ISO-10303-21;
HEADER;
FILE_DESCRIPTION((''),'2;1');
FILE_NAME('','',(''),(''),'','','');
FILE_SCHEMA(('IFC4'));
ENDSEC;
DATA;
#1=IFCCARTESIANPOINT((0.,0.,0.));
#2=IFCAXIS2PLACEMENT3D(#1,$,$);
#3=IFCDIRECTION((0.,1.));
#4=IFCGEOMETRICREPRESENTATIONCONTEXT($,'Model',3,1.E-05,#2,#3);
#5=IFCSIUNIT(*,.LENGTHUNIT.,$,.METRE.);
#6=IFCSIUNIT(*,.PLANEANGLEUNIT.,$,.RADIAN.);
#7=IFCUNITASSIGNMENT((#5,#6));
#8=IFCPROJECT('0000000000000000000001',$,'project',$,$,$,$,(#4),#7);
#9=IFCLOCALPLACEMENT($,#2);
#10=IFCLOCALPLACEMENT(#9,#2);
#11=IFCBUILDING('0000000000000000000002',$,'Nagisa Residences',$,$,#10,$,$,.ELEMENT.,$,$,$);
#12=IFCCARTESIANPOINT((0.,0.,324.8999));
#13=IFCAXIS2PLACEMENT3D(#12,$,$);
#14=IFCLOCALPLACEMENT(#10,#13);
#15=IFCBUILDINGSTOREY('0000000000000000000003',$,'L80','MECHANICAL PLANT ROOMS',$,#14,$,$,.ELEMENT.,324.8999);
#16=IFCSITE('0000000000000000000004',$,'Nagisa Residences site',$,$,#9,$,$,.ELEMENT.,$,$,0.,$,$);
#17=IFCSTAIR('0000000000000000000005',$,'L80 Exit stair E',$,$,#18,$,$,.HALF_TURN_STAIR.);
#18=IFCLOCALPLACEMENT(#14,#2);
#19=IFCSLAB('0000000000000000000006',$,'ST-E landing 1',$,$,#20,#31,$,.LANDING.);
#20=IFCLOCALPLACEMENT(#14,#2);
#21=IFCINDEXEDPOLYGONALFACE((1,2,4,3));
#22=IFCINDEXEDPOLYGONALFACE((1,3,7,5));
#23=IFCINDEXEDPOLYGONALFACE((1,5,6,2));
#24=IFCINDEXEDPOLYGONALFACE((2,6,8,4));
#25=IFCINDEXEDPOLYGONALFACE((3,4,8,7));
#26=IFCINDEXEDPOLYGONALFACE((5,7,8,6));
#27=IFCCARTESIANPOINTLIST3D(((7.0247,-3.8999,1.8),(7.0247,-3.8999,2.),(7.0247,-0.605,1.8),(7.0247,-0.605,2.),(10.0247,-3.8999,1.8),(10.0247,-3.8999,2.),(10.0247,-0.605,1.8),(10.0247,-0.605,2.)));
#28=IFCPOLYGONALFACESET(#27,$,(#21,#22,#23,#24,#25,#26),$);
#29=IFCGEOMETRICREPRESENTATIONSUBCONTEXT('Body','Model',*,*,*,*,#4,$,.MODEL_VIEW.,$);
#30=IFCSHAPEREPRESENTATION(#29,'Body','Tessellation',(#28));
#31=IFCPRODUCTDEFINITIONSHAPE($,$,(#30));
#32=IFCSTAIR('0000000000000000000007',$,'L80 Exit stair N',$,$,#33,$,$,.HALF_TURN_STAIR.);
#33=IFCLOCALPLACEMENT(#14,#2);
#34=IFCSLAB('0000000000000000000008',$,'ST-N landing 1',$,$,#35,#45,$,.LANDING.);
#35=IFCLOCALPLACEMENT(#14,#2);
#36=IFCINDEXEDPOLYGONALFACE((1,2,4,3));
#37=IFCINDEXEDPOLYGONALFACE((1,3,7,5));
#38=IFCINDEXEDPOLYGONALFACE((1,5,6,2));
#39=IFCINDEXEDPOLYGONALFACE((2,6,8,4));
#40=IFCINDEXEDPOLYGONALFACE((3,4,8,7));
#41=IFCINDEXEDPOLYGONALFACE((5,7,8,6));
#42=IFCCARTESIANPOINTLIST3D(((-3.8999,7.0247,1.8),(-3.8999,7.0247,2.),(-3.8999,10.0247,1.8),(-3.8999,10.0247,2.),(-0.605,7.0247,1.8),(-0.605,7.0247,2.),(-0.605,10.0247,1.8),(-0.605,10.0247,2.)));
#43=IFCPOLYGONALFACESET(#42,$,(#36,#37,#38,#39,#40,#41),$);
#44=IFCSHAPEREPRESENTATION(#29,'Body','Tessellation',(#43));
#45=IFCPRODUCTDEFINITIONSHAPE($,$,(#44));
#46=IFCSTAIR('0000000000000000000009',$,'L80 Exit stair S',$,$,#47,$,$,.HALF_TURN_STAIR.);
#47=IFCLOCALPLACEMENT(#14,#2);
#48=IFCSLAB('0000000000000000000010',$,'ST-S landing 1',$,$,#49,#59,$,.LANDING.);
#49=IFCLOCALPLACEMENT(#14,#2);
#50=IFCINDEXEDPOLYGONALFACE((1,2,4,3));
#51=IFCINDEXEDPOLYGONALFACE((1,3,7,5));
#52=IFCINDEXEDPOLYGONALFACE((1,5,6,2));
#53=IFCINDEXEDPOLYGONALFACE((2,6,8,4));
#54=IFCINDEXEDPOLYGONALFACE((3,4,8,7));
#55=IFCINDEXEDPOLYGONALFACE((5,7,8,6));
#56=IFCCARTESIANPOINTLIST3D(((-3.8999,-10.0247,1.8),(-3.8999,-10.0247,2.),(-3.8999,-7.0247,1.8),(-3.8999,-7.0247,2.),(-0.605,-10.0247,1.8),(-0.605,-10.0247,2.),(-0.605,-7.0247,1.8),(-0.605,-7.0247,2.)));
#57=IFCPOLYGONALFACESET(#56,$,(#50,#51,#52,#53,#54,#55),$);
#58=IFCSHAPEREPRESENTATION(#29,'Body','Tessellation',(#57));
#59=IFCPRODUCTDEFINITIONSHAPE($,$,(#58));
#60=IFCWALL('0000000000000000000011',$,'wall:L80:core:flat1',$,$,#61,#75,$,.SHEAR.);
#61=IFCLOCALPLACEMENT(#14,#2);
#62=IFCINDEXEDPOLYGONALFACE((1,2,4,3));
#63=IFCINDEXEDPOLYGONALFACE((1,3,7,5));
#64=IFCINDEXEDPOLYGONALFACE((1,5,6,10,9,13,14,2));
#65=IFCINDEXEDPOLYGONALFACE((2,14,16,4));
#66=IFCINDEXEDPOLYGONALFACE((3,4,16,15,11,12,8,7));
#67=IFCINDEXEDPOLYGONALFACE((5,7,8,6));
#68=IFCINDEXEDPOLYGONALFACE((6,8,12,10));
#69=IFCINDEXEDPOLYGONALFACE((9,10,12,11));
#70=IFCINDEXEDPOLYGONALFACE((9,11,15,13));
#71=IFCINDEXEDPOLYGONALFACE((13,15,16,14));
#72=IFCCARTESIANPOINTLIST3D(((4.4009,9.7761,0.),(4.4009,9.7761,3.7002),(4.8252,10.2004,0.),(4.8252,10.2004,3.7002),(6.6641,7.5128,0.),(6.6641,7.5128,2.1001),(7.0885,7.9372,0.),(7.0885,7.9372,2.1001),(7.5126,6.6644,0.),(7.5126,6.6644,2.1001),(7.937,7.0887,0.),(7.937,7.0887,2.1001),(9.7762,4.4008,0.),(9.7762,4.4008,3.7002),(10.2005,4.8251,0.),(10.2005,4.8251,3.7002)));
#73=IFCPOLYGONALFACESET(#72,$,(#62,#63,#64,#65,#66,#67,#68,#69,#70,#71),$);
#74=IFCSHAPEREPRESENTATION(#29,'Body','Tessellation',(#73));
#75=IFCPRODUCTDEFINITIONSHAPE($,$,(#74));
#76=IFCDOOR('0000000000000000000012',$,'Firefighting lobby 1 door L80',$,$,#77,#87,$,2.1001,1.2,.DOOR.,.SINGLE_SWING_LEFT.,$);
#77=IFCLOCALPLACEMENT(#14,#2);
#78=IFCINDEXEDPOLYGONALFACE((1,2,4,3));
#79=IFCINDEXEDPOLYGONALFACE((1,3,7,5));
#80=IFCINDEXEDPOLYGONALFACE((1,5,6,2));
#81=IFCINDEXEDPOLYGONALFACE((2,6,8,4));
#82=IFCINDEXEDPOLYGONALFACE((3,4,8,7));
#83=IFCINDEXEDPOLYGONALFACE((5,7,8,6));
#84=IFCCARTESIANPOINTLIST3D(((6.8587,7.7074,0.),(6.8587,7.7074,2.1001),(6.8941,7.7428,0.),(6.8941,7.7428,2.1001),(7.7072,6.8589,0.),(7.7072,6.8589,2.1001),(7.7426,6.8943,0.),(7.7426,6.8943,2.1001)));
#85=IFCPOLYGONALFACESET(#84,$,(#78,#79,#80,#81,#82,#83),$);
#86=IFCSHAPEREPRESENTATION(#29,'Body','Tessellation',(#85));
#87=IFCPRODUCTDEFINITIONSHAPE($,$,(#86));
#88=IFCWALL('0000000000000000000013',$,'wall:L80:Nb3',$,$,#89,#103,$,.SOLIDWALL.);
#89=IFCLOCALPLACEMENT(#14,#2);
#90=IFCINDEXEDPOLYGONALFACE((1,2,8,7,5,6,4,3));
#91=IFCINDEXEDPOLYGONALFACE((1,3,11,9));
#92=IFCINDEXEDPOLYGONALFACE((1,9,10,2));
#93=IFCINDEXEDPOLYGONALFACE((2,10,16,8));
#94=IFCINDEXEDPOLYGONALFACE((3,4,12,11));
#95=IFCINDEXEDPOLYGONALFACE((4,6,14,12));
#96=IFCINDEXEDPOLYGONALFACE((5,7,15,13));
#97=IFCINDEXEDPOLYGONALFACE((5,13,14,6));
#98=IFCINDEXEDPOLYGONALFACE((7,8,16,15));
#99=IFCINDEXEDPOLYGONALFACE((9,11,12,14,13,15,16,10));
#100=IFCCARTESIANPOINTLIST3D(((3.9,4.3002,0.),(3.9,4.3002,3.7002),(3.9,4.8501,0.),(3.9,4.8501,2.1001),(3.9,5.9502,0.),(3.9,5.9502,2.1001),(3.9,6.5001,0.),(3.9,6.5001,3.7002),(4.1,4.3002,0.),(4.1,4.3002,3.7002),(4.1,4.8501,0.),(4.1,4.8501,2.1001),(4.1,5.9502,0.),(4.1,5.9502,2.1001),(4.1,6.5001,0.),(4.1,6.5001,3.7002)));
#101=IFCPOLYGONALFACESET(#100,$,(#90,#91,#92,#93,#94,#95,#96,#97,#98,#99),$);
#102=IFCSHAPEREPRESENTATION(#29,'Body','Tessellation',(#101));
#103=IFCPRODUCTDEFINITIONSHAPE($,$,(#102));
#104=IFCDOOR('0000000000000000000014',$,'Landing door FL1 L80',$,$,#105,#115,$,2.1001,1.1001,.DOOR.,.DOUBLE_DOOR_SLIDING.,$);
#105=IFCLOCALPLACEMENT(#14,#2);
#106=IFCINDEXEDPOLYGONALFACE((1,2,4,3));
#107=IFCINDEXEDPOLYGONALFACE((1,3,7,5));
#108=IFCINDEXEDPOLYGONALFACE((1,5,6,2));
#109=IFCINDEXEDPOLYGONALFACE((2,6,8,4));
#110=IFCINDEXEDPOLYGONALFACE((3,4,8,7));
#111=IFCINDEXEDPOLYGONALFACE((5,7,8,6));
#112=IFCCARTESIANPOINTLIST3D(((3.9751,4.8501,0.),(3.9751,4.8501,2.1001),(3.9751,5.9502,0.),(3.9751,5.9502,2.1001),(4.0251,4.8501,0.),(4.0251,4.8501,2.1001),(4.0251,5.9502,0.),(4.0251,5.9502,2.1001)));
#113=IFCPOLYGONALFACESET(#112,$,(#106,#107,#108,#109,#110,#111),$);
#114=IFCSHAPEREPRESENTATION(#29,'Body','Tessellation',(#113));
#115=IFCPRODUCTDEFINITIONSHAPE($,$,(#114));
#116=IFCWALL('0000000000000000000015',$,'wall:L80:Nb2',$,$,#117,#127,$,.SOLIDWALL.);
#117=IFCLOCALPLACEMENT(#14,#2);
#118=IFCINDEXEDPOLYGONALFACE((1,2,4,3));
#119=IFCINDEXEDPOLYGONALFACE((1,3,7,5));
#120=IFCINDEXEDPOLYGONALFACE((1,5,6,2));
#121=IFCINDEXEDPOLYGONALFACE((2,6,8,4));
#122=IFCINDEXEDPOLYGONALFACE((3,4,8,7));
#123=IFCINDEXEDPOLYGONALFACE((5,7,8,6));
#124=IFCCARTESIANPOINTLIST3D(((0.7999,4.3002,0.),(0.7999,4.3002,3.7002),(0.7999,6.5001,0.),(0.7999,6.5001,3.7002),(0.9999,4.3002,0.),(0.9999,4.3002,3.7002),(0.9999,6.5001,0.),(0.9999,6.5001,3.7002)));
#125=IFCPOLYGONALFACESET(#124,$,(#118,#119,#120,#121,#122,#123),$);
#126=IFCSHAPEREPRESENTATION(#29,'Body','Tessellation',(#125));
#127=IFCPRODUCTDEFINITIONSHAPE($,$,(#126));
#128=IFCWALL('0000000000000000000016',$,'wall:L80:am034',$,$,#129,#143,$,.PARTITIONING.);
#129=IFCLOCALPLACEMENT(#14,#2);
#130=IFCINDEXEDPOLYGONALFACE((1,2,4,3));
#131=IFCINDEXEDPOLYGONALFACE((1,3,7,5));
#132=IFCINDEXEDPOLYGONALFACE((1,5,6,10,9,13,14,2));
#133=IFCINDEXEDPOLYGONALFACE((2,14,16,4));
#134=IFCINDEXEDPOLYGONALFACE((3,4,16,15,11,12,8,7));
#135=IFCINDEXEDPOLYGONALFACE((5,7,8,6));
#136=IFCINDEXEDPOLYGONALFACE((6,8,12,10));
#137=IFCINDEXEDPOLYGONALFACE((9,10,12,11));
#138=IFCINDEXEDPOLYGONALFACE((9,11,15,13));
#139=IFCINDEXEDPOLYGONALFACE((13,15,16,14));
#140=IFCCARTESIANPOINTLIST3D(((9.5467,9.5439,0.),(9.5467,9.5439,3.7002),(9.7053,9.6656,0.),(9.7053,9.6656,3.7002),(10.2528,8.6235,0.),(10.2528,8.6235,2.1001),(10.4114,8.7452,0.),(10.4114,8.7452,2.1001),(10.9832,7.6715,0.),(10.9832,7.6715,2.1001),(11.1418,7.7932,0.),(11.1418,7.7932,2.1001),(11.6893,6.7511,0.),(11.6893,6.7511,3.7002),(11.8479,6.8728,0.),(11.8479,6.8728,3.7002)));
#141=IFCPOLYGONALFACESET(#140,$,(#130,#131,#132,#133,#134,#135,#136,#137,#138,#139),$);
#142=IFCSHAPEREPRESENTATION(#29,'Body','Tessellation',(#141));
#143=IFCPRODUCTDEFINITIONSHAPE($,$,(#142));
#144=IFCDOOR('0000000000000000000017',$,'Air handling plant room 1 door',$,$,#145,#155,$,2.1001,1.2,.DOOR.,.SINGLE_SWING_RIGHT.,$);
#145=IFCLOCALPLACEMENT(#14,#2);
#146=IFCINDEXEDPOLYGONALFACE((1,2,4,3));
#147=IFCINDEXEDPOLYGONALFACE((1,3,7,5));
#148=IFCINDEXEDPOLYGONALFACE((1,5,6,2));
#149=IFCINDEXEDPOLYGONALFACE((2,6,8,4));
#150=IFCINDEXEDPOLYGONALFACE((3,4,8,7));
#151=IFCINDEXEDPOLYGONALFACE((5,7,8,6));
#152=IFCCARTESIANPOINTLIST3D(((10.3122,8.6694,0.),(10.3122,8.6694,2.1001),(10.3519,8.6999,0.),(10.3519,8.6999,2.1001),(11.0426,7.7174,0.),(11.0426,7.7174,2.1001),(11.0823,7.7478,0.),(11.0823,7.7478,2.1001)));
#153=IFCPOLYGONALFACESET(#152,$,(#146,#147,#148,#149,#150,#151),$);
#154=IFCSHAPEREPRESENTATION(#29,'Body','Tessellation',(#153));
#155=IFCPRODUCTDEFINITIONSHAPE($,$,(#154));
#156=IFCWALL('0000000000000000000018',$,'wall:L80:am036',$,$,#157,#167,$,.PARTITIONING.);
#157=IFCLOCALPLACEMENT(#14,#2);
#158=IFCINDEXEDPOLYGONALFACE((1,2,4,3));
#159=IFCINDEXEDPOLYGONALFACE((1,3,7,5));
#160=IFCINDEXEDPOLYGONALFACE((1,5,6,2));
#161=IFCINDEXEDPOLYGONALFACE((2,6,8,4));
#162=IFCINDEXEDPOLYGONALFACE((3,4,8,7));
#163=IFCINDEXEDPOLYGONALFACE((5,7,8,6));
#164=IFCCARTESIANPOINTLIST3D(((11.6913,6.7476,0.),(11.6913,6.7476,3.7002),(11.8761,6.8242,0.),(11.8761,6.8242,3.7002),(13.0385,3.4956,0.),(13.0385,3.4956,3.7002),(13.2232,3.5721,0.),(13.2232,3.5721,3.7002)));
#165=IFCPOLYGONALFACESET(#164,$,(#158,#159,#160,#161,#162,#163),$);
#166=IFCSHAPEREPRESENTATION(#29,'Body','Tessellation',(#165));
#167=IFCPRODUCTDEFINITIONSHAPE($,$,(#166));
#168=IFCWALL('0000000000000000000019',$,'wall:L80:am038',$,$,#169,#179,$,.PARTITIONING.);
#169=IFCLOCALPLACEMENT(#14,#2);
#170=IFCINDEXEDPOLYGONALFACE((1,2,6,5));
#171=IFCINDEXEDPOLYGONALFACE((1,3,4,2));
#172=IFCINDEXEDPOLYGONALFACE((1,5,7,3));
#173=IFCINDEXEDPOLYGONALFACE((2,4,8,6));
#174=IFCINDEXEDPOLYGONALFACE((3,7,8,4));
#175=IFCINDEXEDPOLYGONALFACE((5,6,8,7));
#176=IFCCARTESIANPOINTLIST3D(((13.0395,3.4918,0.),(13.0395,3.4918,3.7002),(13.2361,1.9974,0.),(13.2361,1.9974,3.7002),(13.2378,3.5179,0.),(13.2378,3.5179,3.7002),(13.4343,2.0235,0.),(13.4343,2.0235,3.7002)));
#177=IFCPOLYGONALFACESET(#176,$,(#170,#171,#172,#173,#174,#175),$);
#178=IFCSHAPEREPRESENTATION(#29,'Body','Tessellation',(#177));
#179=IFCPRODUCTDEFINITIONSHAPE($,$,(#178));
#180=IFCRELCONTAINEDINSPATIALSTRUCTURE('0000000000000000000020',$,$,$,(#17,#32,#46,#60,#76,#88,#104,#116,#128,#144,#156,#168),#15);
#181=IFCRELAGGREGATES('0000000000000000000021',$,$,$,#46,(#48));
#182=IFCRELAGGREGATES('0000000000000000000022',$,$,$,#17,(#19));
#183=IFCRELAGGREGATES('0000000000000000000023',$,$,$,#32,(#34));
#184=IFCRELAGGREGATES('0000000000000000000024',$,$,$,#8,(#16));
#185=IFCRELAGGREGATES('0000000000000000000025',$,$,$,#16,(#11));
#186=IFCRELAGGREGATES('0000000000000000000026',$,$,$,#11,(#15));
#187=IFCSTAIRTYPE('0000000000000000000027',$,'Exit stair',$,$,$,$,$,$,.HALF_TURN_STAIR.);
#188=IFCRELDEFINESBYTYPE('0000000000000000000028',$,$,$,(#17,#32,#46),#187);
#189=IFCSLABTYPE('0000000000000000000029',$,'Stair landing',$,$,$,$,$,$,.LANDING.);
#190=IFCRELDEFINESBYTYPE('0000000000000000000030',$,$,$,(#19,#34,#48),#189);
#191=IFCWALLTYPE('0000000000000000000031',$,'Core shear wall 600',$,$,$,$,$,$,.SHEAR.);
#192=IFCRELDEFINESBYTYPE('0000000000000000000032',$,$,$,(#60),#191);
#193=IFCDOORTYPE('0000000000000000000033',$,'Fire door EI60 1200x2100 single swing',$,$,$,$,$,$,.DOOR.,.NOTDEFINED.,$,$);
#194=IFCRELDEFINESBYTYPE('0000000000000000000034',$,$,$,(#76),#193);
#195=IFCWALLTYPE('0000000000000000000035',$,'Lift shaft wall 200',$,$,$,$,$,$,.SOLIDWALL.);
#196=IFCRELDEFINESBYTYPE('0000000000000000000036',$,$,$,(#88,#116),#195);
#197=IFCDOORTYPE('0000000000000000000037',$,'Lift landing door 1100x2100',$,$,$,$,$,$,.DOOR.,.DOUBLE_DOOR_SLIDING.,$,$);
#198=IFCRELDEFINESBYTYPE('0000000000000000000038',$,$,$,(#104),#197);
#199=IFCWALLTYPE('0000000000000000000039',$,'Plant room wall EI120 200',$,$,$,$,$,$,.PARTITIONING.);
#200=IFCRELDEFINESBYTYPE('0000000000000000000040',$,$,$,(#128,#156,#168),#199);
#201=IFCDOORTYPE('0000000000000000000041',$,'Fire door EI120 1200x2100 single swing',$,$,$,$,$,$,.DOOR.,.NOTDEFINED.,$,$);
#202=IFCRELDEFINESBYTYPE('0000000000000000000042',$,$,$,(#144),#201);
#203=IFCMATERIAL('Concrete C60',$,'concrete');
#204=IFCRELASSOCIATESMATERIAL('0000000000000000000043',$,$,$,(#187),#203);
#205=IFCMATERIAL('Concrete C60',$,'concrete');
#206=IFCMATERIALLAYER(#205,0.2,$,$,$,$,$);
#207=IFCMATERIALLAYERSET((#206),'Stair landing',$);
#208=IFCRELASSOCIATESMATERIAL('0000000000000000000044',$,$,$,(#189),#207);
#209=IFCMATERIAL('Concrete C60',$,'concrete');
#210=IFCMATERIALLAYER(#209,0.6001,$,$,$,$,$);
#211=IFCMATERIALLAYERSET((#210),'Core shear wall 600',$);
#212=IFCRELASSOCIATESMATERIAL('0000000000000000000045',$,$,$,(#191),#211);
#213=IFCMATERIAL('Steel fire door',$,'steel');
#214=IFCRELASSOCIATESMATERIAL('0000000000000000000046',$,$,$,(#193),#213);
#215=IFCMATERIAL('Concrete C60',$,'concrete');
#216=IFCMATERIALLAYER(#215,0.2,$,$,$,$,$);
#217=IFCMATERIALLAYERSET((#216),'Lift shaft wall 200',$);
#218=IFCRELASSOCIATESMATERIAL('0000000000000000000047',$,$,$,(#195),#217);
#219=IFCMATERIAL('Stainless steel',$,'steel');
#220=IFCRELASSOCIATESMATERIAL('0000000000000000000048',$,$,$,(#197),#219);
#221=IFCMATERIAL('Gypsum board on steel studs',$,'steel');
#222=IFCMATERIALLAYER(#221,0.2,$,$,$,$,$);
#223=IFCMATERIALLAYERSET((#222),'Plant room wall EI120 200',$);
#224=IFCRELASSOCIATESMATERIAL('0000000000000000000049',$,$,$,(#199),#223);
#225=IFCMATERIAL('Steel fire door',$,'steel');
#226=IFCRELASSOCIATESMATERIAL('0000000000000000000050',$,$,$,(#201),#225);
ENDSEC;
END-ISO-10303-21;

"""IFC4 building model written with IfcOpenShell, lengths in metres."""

from ifc_helpers import new_model, si_unit, direction, frame, frame_2d, origin, place, context, subcontext, project, spatial, polyline, rectangle, outline, extrude, material, layer, layer_set, type_object, element, fill, aggregate, save


model = new_model("IFC4")

# Units and contexts
model_context = context("Model", 3, precision=1e-05, world=origin(), true_north=direction((0.0, 1.0)))
body_context = subcontext(model_context, "Body", "Model", "MODEL_VIEW")
ifc_project = project(units=[si_unit("LENGTHUNIT", "METRE"), si_unit("PLANEANGLEUNIT", "RADIAN")], contexts=[model_context])

# Site, building, storey
site_placement = place(None, origin())
site = spatial("IfcSite", under=ifc_project, at=site_placement, Name="Nagisa Residences site", CompositionType="ELEMENT", RefElevation=0.0)
building_placement = place(site_placement, origin())
building = spatial("IfcBuilding", under=site, at=building_placement, Name="Nagisa Residences", CompositionType="ELEMENT")
storey_placement = place(building_placement, frame((0.0, 0.0, 324.8999)))
storey = spatial("IfcBuildingStorey", under=building, at=storey_placement, Name="L80", Description="MECHANICAL PLANT ROOMS", CompositionType="ELEMENT", Elevation=324.8999)

# Stairs, slabs
ifc_material_1 = material(Name="Concrete C60", Category="concrete")
stair_type = type_object("IfcStairType", Name="Exit stair", PredefinedType="HALF_TURN_STAIR", material=ifc_material_1)
stair_1_placement = place(storey_placement, origin())
stair_1 = element("IfcStair", 1, at=stair_1_placement, inside=storey, type_object=stair_type, Name="L80 Exit stair E", PredefinedType="HALF_TURN_STAIR")
ifc_material_2 = material(Name="Concrete C60", Category="concrete")
ifc_layer_1 = layer(ifc_material_2, 0.2)
ifc_layer_set_1 = layer_set([ifc_layer_1], Name="Stair landing")
slab_type = type_object("IfcSlabType", Name="Stair landing", PredefinedType="LANDING", material=ifc_layer_set_1)
slab_1_placement = place(storey_placement, frame((0.0, 0.0, 1.8)))
slab_1 = element("IfcSlab", 2, at=slab_1_placement, type_object=slab_type, Name="ST-E landing 1", PredefinedType="LANDING", context=body_context, shape_type="SweptSolid", body=[
    extrude(outline(polyline([(7.0247, -0.605), (7.0247, -3.8999), (10.0247, -3.8999), (10.0247, -0.605), (7.0247, -0.605)])), origin(), (0.0, 0.0, 1.0), 0.2),
])
stair_2_placement = place(storey_placement, origin())
stair_2 = element("IfcStair", 3, at=stair_2_placement, inside=storey, type_object=stair_type, Name="L80 Exit stair N", PredefinedType="HALF_TURN_STAIR")
slab_2_placement = place(storey_placement, frame((0.0, 0.0, 1.8)))
slab_2 = element("IfcSlab", 4, at=slab_2_placement, type_object=slab_type, Name="ST-N landing 1", PredefinedType="LANDING", context=body_context, shape_type="SweptSolid", body=[
    extrude(outline(polyline([(-0.605, 10.0247), (-3.8999, 10.0247), (-3.8999, 7.0247), (-0.605, 7.0247), (-0.605, 10.0247)])), origin(), (0.0, 0.0, 1.0), 0.2),
])
stair_3_placement = place(storey_placement, origin())
stair_3 = element("IfcStair", 5, at=stair_3_placement, inside=storey, type_object=stair_type, Name="L80 Exit stair S", PredefinedType="HALF_TURN_STAIR")
slab_3_placement = place(storey_placement, frame((0.0, 0.0, 1.8)))
slab_3 = element("IfcSlab", 6, at=slab_3_placement, type_object=slab_type, Name="ST-S landing 1", PredefinedType="LANDING", context=body_context, shape_type="SweptSolid", body=[
    extrude(outline(polyline([(-0.605, -7.0247), (-3.8999, -7.0247), (-3.8999, -10.0247), (-0.605, -10.0247), (-0.605, -7.0247)])), origin(), (0.0, 0.0, 1.0), 0.2),
])
aggregate(stair_3, [slab_3])

# Walls, openings, doors
ifc_material_3 = material(Name="Concrete C60", Category="concrete")
ifc_layer_2 = layer(ifc_material_3, 0.6001)
ifc_layer_set_2 = layer_set([ifc_layer_2], Name="Core shear wall 600")
wall_type_1 = type_object("IfcWallType", Name="Core shear wall 600", PredefinedType="SHEAR", material=ifc_layer_set_2)
wall_1_placement = place(storey_placement, frame((9.9883, 4.613, 0.0), z_axis=(0.0, 0.0, 1.0), x_axis=(-0.707107, 0.707107, 0.0)))
wall_1 = element("IfcWall", 7, at=wall_1_placement, inside=storey, type_object=wall_type_1, Name="wall:L80:core:flat1", PredefinedType="SHEAR", context=body_context, shape_type="SweptSolid", body=[
    extrude(rectangle(XDim=7.6018, YDim=0.6001, at=frame_2d((3.8008, 0.0))), origin(), (0.0, 0.0, 1.0), 3.7002),
])
opening_1_placement = place(wall_1_placement, frame((3.2009, 0.0, 0.0)))
opening_1 = element("IfcOpeningElement", 8, at=opening_1_placement, cuts=wall_1, PredefinedType="OPENING", context=body_context, shape_type="SweptSolid", body=[
    extrude(rectangle(XDim=1.2, YDim=2.1001, at=frame_2d((0.6001, 1.05))), frame((0.0, 0.3101, 0.0), z_axis=(0.0, -1.0, 0.0), x_axis=(1.0, 0.0, 0.0)), (0.0, 0.0, 1.0), 0.6201),
])
ifc_material_4 = material(Name="Steel fire door", Category="steel")
door_type_1 = type_object("IfcDoorType", Name="Fire door EI60 1200x2100 single swing", OperationType="NOTDEFINED", PredefinedType="DOOR", material=ifc_material_4)
door_1_placement = place(opening_1_placement, origin())
door_1 = element("IfcDoor", 9, at=door_1_placement, inside=storey, type_object=door_type_1, Name="Firefighting lobby 1 door L80", OperationType="SINGLE_SWING_LEFT", OverallHeight=2.1001, OverallWidth=1.2, PredefinedType="DOOR", context=body_context, shape_type="SweptSolid", body=[
    extrude(rectangle(XDim=1.2, YDim=2.1001, at=frame_2d((0.6001, 1.05))), frame((0.0, 0.0249, 0.0), z_axis=(0.0, -1.0, 0.0), x_axis=(1.0, 0.0, 0.0)), (0.0, 0.0, 1.0), 0.05),
])
fill(opening_1, door_1)
ifc_material_5 = material(Name="Concrete C60", Category="concrete")
ifc_layer_3 = layer(ifc_material_5, 0.2)
ifc_layer_set_3 = layer_set([ifc_layer_3], Name="Lift shaft wall 200")
wall_type_2 = type_object("IfcWallType", Name="Lift shaft wall 200", PredefinedType="SOLIDWALL", material=ifc_layer_set_3)
wall_2_placement = place(storey_placement, frame((4.0, 4.3, 0.0), z_axis=(0.0, 0.0, 1.0), x_axis=(0.0, 1.0, 0.0)))
wall_2 = element("IfcWall", 10, at=wall_2_placement, inside=storey, type_object=wall_type_2, Name="wall:L80:Nb3", PredefinedType="SOLIDWALL", context=body_context, shape_type="SweptSolid", body=[
    extrude(rectangle(XDim=2.2, YDim=0.2, at=frame_2d((1.1001, 0.0))), origin(), (0.0, 0.0, 1.0), 3.7002),
])
opening_2_placement = place(wall_2_placement, frame((0.55, 0.0, 0.0)))
opening_2 = element("IfcOpeningElement", 11, at=opening_2_placement, cuts=wall_2, PredefinedType="OPENING", context=body_context, shape_type="SweptSolid", body=[
    extrude(rectangle(XDim=1.1001, YDim=2.1001, at=frame_2d((0.55, 1.05))), frame((0.0, 0.1099, 0.0), z_axis=(0.0, -1.0, 0.0), x_axis=(1.0, 0.0, 0.0)), (0.0, 0.0, 1.0), 0.22),
])
ifc_material_6 = material(Name="Stainless steel", Category="steel")
door_type_2 = type_object("IfcDoorType", Name="Lift landing door 1100x2100", OperationType="DOUBLE_DOOR_SLIDING", PredefinedType="DOOR", material=ifc_material_6)
door_2_placement = place(opening_2_placement, origin())
door_2 = element("IfcDoor", 12, at=door_2_placement, inside=storey, type_object=door_type_2, Name="Landing door FL1 L80", OperationType="DOUBLE_DOOR_SLIDING", OverallHeight=2.1001, OverallWidth=1.1001, PredefinedType="DOOR", context=body_context, shape_type="SweptSolid", body=[
    extrude(rectangle(XDim=1.1001, YDim=2.1001, at=frame_2d((0.55, 1.05))), frame((0.0, 0.0249, 0.0), z_axis=(0.0, -1.0, 0.0), x_axis=(1.0, 0.0, 0.0)), (0.0, 0.0, 1.0), 0.05),
])
fill(opening_2, door_2)

# Wall
wall_3_placement = place(storey_placement, frame((0.8999, 4.3, 0.0), z_axis=(0.0, 0.0, 1.0), x_axis=(0.0, 1.0, 0.0)))
element("IfcWall", 13, at=wall_3_placement, inside=storey, type_object=wall_type_2, Name="wall:L80:Nb2", PredefinedType="SOLIDWALL", context=body_context, shape_type="SweptSolid", body=[
    extrude(rectangle(XDim=2.2, YDim=0.2, at=frame_2d((1.1001, 0.0))), origin(), (0.0, 0.0, 1.0), 3.7002),
])

# Wall, opening, door
ifc_material_7 = material(Name="Gypsum board on steel studs", Category="steel")
ifc_layer_4 = layer(ifc_material_7, 0.2)
ifc_layer_set_4 = layer_set([ifc_layer_4], Name="Plant room wall EI120 200")
wall_type_3 = type_object("IfcWallType", Name="Plant room wall EI120 200", PredefinedType="PARTITIONING", material=ifc_layer_set_4)
wall_4_placement = place(storey_placement, frame((9.626, 9.6047, 0.0), z_axis=(0.0, 0.0, 1.0), x_axis=(0.608698, -0.793402, 0.0)))
wall_4 = element("IfcWall", 14, at=wall_4_placement, inside=storey, type_object=wall_type_3, Name="wall:L80:am034", PredefinedType="PARTITIONING", context=body_context, shape_type="SweptSolid", body=[
    extrude(rectangle(XDim=3.52, YDim=0.2, at=frame_2d((1.76, 0.0))), origin(), (0.0, 0.0, 1.0), 3.7002),
])
opening_3_placement = place(wall_4_placement, frame((1.1599, 0.0, 0.0)))
opening_3 = element("IfcOpeningElement", 15, at=opening_3_placement, cuts=wall_4, PredefinedType="OPENING", context=body_context, shape_type="SweptSolid", body=[
    extrude(rectangle(XDim=1.2, YDim=2.1001, at=frame_2d((0.6001, 1.05))), frame((0.0, 0.1099, 0.0), z_axis=(0.0, -1.0, 0.0), x_axis=(1.0, 0.0, 0.0)), (0.0, 0.0, 1.0), 0.22),
])
ifc_material_8 = material(Name="Steel fire door", Category="steel")
door_type_3 = type_object("IfcDoorType", Name="Fire door EI120 1200x2100 single swing", OperationType="NOTDEFINED", PredefinedType="DOOR", material=ifc_material_8)
door_3_placement = place(opening_3_placement, frame((1.2, 0.0, 0.0), x_axis=(-1.0, 0.0, 0.0)))
door_3 = element("IfcDoor", 16, at=door_3_placement, inside=storey, type_object=door_type_3, Name="Air handling plant room 1 door", OperationType="SINGLE_SWING_RIGHT", OverallHeight=2.1001, OverallWidth=1.2, PredefinedType="DOOR", context=body_context, shape_type="SweptSolid", body=[
    extrude(rectangle(XDim=1.2, YDim=2.1001, at=frame_2d((0.6001, 1.05))), frame((0.0, 0.0249, 0.0), z_axis=(0.0, -1.0, 0.0), x_axis=(1.0, 0.0, 0.0)), (0.0, 0.0, 1.0), 0.05),
])
fill(opening_3, door_3)

# Walls
wall_5_placement = place(storey_placement, frame((11.7837, 6.7859, 0.0), z_axis=(0.0, 0.0, 1.0), x_axis=(0.382723, -0.923863, 0.0)))
element("IfcWall", 17, at=wall_5_placement, inside=storey, type_object=wall_type_3, Name="wall:L80:am036", PredefinedType="PARTITIONING", context=body_context, shape_type="SweptSolid", body=[
    extrude(rectangle(XDim=3.52, YDim=0.2, at=frame_2d((1.76, 0.0))), origin(), (0.0, 0.0, 1.0), 3.7002),
])
wall_6_placement = place(storey_placement, frame((13.1387, 3.5049, 0.0), z_axis=(0.0, 0.0, 1.0), x_axis=(0.130392, -0.991463, 0.0)))
element("IfcWall", 18, at=wall_6_placement, inside=storey, type_object=wall_type_3, Name="wall:L80:am038", PredefinedType="PARTITIONING", context=body_context, shape_type="SweptSolid", body=[
    extrude(rectangle(XDim=1.5073, YDim=0.2, at=frame_2d((0.7537, 0.0))), origin(), (0.0, 0.0, 1.0), 3.7002),
])

aggregate(stair_1, [slab_1])
aggregate(stair_2, [slab_2])

save(model, "model.ifc")
